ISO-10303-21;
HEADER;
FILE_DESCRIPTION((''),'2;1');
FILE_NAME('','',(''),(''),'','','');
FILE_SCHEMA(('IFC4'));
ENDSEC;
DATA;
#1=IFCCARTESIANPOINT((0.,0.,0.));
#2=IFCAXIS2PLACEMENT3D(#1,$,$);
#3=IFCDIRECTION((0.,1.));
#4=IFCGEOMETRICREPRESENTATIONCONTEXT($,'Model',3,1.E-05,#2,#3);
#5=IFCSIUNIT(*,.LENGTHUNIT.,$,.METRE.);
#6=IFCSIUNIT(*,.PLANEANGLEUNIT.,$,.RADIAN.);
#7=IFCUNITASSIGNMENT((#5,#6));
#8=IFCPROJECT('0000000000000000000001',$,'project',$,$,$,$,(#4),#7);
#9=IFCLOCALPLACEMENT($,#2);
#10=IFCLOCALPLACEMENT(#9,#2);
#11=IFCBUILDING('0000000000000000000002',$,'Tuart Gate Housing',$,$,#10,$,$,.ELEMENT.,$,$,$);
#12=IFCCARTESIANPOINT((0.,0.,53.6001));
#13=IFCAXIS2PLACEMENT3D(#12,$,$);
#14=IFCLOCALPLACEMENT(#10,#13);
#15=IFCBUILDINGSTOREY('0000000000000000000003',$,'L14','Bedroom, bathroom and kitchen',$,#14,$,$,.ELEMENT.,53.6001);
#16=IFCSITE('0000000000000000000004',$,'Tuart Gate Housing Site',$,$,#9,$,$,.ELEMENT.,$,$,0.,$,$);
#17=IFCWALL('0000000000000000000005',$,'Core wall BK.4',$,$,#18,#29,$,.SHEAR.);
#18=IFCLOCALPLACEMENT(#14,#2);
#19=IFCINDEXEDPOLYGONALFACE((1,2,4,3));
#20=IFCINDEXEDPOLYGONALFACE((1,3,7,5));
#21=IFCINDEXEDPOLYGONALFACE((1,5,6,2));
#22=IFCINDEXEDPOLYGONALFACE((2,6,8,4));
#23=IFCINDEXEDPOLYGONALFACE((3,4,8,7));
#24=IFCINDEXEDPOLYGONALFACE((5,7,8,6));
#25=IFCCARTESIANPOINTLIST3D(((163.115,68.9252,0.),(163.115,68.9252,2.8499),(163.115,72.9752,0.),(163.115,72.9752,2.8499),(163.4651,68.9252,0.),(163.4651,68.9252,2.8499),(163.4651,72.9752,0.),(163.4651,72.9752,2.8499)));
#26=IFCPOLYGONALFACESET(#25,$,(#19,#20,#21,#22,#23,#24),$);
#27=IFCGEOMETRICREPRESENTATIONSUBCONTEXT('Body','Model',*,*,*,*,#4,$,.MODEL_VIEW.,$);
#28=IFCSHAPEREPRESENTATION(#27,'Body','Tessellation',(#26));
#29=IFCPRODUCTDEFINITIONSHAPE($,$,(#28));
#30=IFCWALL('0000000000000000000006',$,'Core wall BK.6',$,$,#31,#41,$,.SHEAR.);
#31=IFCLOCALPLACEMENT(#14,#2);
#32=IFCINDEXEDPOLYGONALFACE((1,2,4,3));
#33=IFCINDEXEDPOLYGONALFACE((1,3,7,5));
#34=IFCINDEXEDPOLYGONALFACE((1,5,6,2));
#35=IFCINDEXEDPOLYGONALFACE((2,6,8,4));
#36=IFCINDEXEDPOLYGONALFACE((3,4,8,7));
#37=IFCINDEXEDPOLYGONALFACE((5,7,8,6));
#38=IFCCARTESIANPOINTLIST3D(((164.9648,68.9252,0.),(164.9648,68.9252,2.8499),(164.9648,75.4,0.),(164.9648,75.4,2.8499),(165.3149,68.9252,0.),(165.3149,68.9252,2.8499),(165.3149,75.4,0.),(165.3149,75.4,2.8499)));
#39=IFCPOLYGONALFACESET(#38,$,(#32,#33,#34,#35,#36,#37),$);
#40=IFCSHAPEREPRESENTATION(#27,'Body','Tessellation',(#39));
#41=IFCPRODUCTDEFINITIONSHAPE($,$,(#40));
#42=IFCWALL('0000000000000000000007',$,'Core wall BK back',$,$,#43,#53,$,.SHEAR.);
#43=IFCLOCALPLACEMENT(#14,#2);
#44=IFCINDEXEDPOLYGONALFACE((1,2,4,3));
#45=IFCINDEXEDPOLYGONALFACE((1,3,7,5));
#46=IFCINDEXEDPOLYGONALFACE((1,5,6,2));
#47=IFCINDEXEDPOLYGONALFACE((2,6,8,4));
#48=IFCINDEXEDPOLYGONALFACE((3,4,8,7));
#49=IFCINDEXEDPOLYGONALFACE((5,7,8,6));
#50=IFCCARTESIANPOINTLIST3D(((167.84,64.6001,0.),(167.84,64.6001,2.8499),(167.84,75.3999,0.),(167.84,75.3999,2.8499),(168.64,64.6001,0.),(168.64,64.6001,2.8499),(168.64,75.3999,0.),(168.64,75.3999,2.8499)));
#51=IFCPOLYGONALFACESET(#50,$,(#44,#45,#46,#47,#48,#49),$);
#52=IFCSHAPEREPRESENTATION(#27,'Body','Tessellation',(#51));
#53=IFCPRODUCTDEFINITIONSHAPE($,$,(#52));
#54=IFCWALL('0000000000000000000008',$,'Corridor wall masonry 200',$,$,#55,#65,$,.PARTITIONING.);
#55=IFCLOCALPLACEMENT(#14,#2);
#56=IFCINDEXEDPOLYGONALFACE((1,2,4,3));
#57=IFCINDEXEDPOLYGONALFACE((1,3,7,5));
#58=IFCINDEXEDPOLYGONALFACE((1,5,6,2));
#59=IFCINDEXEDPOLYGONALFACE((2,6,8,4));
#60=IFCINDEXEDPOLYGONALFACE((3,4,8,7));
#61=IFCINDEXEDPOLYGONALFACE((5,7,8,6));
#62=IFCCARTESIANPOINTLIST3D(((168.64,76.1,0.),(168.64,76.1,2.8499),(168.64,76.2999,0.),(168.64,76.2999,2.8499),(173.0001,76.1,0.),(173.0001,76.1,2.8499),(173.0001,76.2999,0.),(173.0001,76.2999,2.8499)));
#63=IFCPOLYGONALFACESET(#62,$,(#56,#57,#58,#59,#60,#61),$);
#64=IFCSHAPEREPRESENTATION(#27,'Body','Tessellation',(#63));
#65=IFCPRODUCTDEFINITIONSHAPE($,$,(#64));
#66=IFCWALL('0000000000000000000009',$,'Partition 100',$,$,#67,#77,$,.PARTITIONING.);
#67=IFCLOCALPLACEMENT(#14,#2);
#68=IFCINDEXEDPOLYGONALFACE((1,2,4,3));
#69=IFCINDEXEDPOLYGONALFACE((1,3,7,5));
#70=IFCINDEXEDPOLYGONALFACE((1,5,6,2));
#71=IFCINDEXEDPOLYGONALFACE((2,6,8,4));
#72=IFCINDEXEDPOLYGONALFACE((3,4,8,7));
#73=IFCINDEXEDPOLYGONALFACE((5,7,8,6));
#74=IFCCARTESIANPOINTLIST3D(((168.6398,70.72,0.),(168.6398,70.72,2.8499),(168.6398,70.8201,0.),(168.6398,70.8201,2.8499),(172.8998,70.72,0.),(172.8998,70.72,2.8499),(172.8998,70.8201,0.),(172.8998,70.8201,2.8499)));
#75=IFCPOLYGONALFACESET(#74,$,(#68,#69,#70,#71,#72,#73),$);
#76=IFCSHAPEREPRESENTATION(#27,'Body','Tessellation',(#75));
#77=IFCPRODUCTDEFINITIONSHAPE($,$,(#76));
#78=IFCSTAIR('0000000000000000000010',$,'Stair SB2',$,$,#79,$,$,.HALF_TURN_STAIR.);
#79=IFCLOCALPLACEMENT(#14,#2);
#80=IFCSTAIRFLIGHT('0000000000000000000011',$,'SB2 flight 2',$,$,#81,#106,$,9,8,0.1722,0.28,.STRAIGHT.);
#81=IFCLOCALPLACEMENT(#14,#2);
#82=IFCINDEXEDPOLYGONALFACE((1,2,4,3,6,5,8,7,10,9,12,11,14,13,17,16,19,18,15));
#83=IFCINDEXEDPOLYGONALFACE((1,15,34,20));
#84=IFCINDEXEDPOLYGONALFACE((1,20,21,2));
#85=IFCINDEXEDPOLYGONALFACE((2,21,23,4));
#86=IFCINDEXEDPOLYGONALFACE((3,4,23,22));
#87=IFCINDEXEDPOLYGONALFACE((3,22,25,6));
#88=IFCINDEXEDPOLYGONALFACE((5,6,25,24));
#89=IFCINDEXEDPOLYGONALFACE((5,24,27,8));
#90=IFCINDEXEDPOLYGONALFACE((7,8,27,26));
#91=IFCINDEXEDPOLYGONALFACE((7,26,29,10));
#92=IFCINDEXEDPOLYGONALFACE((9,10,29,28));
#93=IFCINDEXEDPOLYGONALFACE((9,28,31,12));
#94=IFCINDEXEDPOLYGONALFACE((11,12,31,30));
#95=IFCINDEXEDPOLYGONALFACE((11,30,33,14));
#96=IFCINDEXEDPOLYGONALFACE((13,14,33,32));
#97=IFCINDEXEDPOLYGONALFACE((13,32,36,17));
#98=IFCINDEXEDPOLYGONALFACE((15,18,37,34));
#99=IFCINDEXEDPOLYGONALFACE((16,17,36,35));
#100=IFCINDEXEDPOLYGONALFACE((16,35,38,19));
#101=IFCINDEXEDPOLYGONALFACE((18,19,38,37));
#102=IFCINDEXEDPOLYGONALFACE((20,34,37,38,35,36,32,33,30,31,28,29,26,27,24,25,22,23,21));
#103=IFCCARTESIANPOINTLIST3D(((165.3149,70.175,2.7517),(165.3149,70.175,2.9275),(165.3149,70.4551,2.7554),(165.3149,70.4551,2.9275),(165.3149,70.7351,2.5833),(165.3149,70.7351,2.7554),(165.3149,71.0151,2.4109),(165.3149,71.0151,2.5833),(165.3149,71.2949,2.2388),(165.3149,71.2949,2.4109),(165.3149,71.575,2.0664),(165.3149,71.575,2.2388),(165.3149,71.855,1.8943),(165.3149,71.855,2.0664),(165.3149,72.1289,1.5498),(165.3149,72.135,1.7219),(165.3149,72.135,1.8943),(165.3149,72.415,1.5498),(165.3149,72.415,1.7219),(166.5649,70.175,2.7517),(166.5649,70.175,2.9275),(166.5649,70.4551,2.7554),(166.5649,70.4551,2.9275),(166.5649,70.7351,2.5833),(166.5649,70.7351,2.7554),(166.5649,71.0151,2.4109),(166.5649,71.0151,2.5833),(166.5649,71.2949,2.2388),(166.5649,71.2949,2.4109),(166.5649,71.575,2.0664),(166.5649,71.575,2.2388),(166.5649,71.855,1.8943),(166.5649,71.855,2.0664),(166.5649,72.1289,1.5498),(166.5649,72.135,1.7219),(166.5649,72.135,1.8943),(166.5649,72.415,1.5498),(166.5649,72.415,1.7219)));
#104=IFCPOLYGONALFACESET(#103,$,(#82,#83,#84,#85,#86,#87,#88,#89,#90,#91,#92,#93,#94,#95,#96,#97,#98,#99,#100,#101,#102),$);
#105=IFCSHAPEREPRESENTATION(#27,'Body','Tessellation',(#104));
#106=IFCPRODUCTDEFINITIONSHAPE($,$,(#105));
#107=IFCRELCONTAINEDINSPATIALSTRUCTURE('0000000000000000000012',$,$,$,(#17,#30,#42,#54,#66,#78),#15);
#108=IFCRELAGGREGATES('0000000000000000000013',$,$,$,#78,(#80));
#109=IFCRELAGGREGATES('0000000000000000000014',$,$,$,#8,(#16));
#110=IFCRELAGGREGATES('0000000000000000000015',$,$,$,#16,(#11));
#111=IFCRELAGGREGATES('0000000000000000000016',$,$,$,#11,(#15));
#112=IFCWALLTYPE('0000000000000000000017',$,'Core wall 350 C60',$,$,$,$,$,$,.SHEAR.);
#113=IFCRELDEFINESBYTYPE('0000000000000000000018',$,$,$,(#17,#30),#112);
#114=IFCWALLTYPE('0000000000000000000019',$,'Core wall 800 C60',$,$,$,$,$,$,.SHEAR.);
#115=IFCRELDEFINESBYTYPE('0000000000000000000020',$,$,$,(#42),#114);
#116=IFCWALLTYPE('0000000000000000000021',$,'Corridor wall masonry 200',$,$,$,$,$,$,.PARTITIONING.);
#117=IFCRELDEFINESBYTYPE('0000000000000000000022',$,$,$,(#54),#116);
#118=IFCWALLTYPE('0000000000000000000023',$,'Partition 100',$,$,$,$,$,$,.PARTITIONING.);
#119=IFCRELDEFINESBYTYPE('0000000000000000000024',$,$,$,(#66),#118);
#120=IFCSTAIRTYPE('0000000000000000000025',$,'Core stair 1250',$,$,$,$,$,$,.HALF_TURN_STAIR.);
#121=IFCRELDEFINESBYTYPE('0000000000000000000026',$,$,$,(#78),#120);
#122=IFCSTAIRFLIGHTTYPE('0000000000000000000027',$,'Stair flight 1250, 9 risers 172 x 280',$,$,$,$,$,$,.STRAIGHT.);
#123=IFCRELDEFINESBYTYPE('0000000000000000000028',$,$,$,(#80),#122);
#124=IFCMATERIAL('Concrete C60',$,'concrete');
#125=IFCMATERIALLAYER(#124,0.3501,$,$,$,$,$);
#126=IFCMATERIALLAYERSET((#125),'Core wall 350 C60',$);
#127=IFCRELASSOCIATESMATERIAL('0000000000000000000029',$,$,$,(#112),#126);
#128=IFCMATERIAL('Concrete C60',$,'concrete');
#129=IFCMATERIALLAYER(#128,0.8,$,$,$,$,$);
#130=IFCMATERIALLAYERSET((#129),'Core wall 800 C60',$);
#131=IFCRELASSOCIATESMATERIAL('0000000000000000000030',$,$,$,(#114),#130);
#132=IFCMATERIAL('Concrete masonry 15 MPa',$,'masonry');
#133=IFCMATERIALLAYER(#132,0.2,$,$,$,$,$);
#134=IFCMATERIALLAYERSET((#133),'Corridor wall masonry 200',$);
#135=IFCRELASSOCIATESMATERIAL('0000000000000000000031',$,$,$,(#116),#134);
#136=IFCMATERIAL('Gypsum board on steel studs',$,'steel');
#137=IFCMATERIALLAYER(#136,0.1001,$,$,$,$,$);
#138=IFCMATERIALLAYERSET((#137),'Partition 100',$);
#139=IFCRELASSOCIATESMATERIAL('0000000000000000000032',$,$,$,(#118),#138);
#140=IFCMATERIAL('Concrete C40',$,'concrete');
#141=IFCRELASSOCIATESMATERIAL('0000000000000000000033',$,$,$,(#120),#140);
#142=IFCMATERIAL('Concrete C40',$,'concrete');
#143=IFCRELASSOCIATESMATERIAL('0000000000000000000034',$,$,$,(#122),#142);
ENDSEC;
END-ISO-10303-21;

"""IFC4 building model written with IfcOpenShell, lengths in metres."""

from ifc_helpers import new_model, si_unit, direction, frame, frame_2d, origin, place, context, subcontext, project, spatial, polyline, rectangle, outline, extrude, material, layer, layer_set, type_object, element, aggregate, save


model = new_model("IFC4")

# Units and contexts
model_context = context("Model", 3, precision=1e-05, world=origin(), true_north=direction((0.0, 1.0)))
body_context = subcontext(model_context, "Body", "Model", "MODEL_VIEW")
ifc_project = project(units=[si_unit("LENGTHUNIT", "METRE"), si_unit("PLANEANGLEUNIT", "RADIAN")], contexts=[model_context])

# Site, building, storey
site_placement = place(None, origin())
site = spatial("IfcSite", under=ifc_project, at=site_placement, Name="Tuart Gate Housing Site", CompositionType="ELEMENT", RefElevation=0.0)
building_placement = place(site_placement, origin())
building = spatial("IfcBuilding", under=site, at=building_placement, Name="Tuart Gate Housing", CompositionType="ELEMENT")
storey_placement = place(building_placement, frame((0.0, 0.0, 53.6001)))
storey = spatial("IfcBuildingStorey", under=building, at=storey_placement, Name="L14", Description="Bedroom, bathroom and kitchen", CompositionType="ELEMENT", Elevation=53.6001)

# Walls
ifc_material_1 = material(Name="Concrete C60", Category="concrete")
ifc_layer_1 = layer(ifc_material_1, 0.3501)
ifc_layer_set_1 = layer_set([ifc_layer_1], Name="Core wall 350 C60")
wall_type_1 = type_object("IfcWallType", Name="Core wall 350 C60", PredefinedType="SHEAR", material=ifc_layer_set_1)
wall_1_placement = place(storey_placement, frame((163.29, 72.9751, 0.0), z_axis=(0.0, 0.0, 1.0), x_axis=(0.0, -1.0, 0.0)))
element("IfcWall", 1, at=wall_1_placement, inside=storey, type_object=wall_type_1, Name="Core wall BK.4", PredefinedType="SHEAR", context=body_context, shape_type="SweptSolid", body=[
    extrude(rectangle(XDim=4.05, YDim=0.3501, at=frame_2d((2.0249, 0.0))), origin(), (0.0, 0.0, 1.0), 2.8499),
])
wall_2_placement = place(storey_placement, frame((165.1399, 75.3999, 0.0), z_axis=(0.0, 0.0, 1.0), x_axis=(0.0, -1.0, 0.0)))
element("IfcWall", 2, at=wall_2_placement, inside=storey, type_object=wall_type_1, Name="Core wall BK.6", PredefinedType="SHEAR", context=body_context, shape_type="SweptSolid", body=[
    extrude(rectangle(XDim=6.4749, YDim=0.3501, at=frame_2d((3.2373, 0.0))), origin(), (0.0, 0.0, 1.0), 2.8499),
])
ifc_material_2 = material(Name="Concrete C60", Category="concrete")
ifc_layer_2 = layer(ifc_material_2, 0.8)
ifc_layer_set_2 = layer_set([ifc_layer_2], Name="Core wall 800 C60")
wall_type_2 = type_object("IfcWallType", Name="Core wall 800 C60", PredefinedType="SHEAR", material=ifc_layer_set_2)
wall_3_placement = place(storey_placement, frame((168.24, 75.3999, 0.0), z_axis=(0.0, 0.0, 1.0), x_axis=(0.0, -1.0, 0.0)))
element("IfcWall", 3, at=wall_3_placement, inside=storey, type_object=wall_type_2, Name="Core wall BK back", PredefinedType="SHEAR", context=body_context, shape_type="SweptSolid", body=[
    extrude(rectangle(XDim=10.7998, YDim=0.8, at=frame_2d((5.3999, 0.0))), origin(), (0.0, 0.0, 1.0), 2.8499),
])
ifc_material_3 = material(Name="Concrete masonry 15 MPa", Category="masonry")
ifc_layer_3 = layer(ifc_material_3, 0.2)
ifc_layer_set_3 = layer_set([ifc_layer_3], Name="Corridor wall masonry 200")
wall_type_3 = type_object("IfcWallType", Name="Corridor wall masonry 200", PredefinedType="PARTITIONING", material=ifc_layer_set_3)
wall_4_placement = place(storey_placement, frame((168.6399, 76.2, 0.0), z_axis=(0.0, 0.0, 1.0), x_axis=(1.0, 0.0, 0.0)))
element("IfcWall", 4, at=wall_4_placement, inside=storey, type_object=wall_type_3, Name="Corridor wall masonry 200", PredefinedType="PARTITIONING", context=body_context, shape_type="SweptSolid", body=[
    extrude(rectangle(XDim=4.3601, YDim=0.2, at=frame_2d((2.1802, 0.0))), origin(), (0.0, 0.0, 1.0), 2.8499),
])
ifc_material_4 = material(Name="Gypsum board on steel studs", Category="steel")
ifc_layer_4 = layer(ifc_material_4, 0.1001)
ifc_layer_set_4 = layer_set([ifc_layer_4], Name="Partition 100")
wall_type_4 = type_object("IfcWallType", Name="Partition 100", PredefinedType="PARTITIONING", material=ifc_layer_set_4)
wall_5_placement = place(storey_placement, frame((168.6399, 70.77, 0.0), z_axis=(0.0, 0.0, 1.0), x_axis=(1.0, 0.0, 0.0)))
element("IfcWall", 5, at=wall_5_placement, inside=storey, type_object=wall_type_4, Name="Partition 100", PredefinedType="PARTITIONING", context=body_context, shape_type="SweptSolid", body=[
    extrude(rectangle(XDim=4.26, YDim=0.1001, at=frame_2d((2.1299, 0.0))), origin(), (0.0, 0.0, 1.0), 2.8499),
])

# Stair, stair flight
ifc_material_5 = material(Name="Concrete C40", Category="concrete")
stair_type = type_object("IfcStairType", Name="Core stair 1250", PredefinedType="HALF_TURN_STAIR", material=ifc_material_5)
stair_placement = place(storey_placement, origin())
stair = element("IfcStair", 6, at=stair_placement, inside=storey, type_object=stair_type, Name="Stair SB2", PredefinedType="HALF_TURN_STAIR")
ifc_material_6 = material(Name="Concrete C40", Category="concrete")
stair_flight_type = type_object("IfcStairFlightType", Name="Stair flight 1250, 9 risers 172 x 280", PredefinedType="STRAIGHT", material=ifc_material_6)
stair_flight_placement = place(storey_placement, frame((165.9399, 72.415, 1.5498), z_axis=(0.0, 0.0, 1.0), x_axis=(0.0, -1.0, 0.0)))
stair_flight = element("IfcStairFlight", 7, at=stair_flight_placement, type_object=stair_flight_type, Name="SB2 flight 2", NumberOfRisers=9, NumberOfTreads=8, PredefinedType="STRAIGHT", RiserHeight=0.1722, TreadLength=0.28, context=body_context, shape_type="SweptSolid", body=[
    extrude(outline(polyline([(0.0, 0.0), (0.0, 0.1721), (0.28, 0.1721), (0.28, 0.3445), (0.5601, 0.3445), (0.5601, 0.5166), (0.8401, 0.5166), (0.8401, 0.689), (1.1201, 0.689), (1.1201, 0.8611), (1.3999, 0.8611), (1.3999, 1.0334), (1.6799, 1.0334), (1.6799, 1.2056), (1.96, 1.2056), (1.96, 1.3777), (2.24, 1.3777), (2.24, 1.55), (2.24, 1.2019), (0.2861, 0.0), (0.0, 0.0)])), frame((0.0, 0.625, 0.0), z_axis=(0.0, -1.0, 0.0), x_axis=(1.0, 0.0, 0.0)), (0.0, 0.0, 1.0), 1.25),
])
aggregate(stair, [stair_flight])

save(model, "model.ifc")
